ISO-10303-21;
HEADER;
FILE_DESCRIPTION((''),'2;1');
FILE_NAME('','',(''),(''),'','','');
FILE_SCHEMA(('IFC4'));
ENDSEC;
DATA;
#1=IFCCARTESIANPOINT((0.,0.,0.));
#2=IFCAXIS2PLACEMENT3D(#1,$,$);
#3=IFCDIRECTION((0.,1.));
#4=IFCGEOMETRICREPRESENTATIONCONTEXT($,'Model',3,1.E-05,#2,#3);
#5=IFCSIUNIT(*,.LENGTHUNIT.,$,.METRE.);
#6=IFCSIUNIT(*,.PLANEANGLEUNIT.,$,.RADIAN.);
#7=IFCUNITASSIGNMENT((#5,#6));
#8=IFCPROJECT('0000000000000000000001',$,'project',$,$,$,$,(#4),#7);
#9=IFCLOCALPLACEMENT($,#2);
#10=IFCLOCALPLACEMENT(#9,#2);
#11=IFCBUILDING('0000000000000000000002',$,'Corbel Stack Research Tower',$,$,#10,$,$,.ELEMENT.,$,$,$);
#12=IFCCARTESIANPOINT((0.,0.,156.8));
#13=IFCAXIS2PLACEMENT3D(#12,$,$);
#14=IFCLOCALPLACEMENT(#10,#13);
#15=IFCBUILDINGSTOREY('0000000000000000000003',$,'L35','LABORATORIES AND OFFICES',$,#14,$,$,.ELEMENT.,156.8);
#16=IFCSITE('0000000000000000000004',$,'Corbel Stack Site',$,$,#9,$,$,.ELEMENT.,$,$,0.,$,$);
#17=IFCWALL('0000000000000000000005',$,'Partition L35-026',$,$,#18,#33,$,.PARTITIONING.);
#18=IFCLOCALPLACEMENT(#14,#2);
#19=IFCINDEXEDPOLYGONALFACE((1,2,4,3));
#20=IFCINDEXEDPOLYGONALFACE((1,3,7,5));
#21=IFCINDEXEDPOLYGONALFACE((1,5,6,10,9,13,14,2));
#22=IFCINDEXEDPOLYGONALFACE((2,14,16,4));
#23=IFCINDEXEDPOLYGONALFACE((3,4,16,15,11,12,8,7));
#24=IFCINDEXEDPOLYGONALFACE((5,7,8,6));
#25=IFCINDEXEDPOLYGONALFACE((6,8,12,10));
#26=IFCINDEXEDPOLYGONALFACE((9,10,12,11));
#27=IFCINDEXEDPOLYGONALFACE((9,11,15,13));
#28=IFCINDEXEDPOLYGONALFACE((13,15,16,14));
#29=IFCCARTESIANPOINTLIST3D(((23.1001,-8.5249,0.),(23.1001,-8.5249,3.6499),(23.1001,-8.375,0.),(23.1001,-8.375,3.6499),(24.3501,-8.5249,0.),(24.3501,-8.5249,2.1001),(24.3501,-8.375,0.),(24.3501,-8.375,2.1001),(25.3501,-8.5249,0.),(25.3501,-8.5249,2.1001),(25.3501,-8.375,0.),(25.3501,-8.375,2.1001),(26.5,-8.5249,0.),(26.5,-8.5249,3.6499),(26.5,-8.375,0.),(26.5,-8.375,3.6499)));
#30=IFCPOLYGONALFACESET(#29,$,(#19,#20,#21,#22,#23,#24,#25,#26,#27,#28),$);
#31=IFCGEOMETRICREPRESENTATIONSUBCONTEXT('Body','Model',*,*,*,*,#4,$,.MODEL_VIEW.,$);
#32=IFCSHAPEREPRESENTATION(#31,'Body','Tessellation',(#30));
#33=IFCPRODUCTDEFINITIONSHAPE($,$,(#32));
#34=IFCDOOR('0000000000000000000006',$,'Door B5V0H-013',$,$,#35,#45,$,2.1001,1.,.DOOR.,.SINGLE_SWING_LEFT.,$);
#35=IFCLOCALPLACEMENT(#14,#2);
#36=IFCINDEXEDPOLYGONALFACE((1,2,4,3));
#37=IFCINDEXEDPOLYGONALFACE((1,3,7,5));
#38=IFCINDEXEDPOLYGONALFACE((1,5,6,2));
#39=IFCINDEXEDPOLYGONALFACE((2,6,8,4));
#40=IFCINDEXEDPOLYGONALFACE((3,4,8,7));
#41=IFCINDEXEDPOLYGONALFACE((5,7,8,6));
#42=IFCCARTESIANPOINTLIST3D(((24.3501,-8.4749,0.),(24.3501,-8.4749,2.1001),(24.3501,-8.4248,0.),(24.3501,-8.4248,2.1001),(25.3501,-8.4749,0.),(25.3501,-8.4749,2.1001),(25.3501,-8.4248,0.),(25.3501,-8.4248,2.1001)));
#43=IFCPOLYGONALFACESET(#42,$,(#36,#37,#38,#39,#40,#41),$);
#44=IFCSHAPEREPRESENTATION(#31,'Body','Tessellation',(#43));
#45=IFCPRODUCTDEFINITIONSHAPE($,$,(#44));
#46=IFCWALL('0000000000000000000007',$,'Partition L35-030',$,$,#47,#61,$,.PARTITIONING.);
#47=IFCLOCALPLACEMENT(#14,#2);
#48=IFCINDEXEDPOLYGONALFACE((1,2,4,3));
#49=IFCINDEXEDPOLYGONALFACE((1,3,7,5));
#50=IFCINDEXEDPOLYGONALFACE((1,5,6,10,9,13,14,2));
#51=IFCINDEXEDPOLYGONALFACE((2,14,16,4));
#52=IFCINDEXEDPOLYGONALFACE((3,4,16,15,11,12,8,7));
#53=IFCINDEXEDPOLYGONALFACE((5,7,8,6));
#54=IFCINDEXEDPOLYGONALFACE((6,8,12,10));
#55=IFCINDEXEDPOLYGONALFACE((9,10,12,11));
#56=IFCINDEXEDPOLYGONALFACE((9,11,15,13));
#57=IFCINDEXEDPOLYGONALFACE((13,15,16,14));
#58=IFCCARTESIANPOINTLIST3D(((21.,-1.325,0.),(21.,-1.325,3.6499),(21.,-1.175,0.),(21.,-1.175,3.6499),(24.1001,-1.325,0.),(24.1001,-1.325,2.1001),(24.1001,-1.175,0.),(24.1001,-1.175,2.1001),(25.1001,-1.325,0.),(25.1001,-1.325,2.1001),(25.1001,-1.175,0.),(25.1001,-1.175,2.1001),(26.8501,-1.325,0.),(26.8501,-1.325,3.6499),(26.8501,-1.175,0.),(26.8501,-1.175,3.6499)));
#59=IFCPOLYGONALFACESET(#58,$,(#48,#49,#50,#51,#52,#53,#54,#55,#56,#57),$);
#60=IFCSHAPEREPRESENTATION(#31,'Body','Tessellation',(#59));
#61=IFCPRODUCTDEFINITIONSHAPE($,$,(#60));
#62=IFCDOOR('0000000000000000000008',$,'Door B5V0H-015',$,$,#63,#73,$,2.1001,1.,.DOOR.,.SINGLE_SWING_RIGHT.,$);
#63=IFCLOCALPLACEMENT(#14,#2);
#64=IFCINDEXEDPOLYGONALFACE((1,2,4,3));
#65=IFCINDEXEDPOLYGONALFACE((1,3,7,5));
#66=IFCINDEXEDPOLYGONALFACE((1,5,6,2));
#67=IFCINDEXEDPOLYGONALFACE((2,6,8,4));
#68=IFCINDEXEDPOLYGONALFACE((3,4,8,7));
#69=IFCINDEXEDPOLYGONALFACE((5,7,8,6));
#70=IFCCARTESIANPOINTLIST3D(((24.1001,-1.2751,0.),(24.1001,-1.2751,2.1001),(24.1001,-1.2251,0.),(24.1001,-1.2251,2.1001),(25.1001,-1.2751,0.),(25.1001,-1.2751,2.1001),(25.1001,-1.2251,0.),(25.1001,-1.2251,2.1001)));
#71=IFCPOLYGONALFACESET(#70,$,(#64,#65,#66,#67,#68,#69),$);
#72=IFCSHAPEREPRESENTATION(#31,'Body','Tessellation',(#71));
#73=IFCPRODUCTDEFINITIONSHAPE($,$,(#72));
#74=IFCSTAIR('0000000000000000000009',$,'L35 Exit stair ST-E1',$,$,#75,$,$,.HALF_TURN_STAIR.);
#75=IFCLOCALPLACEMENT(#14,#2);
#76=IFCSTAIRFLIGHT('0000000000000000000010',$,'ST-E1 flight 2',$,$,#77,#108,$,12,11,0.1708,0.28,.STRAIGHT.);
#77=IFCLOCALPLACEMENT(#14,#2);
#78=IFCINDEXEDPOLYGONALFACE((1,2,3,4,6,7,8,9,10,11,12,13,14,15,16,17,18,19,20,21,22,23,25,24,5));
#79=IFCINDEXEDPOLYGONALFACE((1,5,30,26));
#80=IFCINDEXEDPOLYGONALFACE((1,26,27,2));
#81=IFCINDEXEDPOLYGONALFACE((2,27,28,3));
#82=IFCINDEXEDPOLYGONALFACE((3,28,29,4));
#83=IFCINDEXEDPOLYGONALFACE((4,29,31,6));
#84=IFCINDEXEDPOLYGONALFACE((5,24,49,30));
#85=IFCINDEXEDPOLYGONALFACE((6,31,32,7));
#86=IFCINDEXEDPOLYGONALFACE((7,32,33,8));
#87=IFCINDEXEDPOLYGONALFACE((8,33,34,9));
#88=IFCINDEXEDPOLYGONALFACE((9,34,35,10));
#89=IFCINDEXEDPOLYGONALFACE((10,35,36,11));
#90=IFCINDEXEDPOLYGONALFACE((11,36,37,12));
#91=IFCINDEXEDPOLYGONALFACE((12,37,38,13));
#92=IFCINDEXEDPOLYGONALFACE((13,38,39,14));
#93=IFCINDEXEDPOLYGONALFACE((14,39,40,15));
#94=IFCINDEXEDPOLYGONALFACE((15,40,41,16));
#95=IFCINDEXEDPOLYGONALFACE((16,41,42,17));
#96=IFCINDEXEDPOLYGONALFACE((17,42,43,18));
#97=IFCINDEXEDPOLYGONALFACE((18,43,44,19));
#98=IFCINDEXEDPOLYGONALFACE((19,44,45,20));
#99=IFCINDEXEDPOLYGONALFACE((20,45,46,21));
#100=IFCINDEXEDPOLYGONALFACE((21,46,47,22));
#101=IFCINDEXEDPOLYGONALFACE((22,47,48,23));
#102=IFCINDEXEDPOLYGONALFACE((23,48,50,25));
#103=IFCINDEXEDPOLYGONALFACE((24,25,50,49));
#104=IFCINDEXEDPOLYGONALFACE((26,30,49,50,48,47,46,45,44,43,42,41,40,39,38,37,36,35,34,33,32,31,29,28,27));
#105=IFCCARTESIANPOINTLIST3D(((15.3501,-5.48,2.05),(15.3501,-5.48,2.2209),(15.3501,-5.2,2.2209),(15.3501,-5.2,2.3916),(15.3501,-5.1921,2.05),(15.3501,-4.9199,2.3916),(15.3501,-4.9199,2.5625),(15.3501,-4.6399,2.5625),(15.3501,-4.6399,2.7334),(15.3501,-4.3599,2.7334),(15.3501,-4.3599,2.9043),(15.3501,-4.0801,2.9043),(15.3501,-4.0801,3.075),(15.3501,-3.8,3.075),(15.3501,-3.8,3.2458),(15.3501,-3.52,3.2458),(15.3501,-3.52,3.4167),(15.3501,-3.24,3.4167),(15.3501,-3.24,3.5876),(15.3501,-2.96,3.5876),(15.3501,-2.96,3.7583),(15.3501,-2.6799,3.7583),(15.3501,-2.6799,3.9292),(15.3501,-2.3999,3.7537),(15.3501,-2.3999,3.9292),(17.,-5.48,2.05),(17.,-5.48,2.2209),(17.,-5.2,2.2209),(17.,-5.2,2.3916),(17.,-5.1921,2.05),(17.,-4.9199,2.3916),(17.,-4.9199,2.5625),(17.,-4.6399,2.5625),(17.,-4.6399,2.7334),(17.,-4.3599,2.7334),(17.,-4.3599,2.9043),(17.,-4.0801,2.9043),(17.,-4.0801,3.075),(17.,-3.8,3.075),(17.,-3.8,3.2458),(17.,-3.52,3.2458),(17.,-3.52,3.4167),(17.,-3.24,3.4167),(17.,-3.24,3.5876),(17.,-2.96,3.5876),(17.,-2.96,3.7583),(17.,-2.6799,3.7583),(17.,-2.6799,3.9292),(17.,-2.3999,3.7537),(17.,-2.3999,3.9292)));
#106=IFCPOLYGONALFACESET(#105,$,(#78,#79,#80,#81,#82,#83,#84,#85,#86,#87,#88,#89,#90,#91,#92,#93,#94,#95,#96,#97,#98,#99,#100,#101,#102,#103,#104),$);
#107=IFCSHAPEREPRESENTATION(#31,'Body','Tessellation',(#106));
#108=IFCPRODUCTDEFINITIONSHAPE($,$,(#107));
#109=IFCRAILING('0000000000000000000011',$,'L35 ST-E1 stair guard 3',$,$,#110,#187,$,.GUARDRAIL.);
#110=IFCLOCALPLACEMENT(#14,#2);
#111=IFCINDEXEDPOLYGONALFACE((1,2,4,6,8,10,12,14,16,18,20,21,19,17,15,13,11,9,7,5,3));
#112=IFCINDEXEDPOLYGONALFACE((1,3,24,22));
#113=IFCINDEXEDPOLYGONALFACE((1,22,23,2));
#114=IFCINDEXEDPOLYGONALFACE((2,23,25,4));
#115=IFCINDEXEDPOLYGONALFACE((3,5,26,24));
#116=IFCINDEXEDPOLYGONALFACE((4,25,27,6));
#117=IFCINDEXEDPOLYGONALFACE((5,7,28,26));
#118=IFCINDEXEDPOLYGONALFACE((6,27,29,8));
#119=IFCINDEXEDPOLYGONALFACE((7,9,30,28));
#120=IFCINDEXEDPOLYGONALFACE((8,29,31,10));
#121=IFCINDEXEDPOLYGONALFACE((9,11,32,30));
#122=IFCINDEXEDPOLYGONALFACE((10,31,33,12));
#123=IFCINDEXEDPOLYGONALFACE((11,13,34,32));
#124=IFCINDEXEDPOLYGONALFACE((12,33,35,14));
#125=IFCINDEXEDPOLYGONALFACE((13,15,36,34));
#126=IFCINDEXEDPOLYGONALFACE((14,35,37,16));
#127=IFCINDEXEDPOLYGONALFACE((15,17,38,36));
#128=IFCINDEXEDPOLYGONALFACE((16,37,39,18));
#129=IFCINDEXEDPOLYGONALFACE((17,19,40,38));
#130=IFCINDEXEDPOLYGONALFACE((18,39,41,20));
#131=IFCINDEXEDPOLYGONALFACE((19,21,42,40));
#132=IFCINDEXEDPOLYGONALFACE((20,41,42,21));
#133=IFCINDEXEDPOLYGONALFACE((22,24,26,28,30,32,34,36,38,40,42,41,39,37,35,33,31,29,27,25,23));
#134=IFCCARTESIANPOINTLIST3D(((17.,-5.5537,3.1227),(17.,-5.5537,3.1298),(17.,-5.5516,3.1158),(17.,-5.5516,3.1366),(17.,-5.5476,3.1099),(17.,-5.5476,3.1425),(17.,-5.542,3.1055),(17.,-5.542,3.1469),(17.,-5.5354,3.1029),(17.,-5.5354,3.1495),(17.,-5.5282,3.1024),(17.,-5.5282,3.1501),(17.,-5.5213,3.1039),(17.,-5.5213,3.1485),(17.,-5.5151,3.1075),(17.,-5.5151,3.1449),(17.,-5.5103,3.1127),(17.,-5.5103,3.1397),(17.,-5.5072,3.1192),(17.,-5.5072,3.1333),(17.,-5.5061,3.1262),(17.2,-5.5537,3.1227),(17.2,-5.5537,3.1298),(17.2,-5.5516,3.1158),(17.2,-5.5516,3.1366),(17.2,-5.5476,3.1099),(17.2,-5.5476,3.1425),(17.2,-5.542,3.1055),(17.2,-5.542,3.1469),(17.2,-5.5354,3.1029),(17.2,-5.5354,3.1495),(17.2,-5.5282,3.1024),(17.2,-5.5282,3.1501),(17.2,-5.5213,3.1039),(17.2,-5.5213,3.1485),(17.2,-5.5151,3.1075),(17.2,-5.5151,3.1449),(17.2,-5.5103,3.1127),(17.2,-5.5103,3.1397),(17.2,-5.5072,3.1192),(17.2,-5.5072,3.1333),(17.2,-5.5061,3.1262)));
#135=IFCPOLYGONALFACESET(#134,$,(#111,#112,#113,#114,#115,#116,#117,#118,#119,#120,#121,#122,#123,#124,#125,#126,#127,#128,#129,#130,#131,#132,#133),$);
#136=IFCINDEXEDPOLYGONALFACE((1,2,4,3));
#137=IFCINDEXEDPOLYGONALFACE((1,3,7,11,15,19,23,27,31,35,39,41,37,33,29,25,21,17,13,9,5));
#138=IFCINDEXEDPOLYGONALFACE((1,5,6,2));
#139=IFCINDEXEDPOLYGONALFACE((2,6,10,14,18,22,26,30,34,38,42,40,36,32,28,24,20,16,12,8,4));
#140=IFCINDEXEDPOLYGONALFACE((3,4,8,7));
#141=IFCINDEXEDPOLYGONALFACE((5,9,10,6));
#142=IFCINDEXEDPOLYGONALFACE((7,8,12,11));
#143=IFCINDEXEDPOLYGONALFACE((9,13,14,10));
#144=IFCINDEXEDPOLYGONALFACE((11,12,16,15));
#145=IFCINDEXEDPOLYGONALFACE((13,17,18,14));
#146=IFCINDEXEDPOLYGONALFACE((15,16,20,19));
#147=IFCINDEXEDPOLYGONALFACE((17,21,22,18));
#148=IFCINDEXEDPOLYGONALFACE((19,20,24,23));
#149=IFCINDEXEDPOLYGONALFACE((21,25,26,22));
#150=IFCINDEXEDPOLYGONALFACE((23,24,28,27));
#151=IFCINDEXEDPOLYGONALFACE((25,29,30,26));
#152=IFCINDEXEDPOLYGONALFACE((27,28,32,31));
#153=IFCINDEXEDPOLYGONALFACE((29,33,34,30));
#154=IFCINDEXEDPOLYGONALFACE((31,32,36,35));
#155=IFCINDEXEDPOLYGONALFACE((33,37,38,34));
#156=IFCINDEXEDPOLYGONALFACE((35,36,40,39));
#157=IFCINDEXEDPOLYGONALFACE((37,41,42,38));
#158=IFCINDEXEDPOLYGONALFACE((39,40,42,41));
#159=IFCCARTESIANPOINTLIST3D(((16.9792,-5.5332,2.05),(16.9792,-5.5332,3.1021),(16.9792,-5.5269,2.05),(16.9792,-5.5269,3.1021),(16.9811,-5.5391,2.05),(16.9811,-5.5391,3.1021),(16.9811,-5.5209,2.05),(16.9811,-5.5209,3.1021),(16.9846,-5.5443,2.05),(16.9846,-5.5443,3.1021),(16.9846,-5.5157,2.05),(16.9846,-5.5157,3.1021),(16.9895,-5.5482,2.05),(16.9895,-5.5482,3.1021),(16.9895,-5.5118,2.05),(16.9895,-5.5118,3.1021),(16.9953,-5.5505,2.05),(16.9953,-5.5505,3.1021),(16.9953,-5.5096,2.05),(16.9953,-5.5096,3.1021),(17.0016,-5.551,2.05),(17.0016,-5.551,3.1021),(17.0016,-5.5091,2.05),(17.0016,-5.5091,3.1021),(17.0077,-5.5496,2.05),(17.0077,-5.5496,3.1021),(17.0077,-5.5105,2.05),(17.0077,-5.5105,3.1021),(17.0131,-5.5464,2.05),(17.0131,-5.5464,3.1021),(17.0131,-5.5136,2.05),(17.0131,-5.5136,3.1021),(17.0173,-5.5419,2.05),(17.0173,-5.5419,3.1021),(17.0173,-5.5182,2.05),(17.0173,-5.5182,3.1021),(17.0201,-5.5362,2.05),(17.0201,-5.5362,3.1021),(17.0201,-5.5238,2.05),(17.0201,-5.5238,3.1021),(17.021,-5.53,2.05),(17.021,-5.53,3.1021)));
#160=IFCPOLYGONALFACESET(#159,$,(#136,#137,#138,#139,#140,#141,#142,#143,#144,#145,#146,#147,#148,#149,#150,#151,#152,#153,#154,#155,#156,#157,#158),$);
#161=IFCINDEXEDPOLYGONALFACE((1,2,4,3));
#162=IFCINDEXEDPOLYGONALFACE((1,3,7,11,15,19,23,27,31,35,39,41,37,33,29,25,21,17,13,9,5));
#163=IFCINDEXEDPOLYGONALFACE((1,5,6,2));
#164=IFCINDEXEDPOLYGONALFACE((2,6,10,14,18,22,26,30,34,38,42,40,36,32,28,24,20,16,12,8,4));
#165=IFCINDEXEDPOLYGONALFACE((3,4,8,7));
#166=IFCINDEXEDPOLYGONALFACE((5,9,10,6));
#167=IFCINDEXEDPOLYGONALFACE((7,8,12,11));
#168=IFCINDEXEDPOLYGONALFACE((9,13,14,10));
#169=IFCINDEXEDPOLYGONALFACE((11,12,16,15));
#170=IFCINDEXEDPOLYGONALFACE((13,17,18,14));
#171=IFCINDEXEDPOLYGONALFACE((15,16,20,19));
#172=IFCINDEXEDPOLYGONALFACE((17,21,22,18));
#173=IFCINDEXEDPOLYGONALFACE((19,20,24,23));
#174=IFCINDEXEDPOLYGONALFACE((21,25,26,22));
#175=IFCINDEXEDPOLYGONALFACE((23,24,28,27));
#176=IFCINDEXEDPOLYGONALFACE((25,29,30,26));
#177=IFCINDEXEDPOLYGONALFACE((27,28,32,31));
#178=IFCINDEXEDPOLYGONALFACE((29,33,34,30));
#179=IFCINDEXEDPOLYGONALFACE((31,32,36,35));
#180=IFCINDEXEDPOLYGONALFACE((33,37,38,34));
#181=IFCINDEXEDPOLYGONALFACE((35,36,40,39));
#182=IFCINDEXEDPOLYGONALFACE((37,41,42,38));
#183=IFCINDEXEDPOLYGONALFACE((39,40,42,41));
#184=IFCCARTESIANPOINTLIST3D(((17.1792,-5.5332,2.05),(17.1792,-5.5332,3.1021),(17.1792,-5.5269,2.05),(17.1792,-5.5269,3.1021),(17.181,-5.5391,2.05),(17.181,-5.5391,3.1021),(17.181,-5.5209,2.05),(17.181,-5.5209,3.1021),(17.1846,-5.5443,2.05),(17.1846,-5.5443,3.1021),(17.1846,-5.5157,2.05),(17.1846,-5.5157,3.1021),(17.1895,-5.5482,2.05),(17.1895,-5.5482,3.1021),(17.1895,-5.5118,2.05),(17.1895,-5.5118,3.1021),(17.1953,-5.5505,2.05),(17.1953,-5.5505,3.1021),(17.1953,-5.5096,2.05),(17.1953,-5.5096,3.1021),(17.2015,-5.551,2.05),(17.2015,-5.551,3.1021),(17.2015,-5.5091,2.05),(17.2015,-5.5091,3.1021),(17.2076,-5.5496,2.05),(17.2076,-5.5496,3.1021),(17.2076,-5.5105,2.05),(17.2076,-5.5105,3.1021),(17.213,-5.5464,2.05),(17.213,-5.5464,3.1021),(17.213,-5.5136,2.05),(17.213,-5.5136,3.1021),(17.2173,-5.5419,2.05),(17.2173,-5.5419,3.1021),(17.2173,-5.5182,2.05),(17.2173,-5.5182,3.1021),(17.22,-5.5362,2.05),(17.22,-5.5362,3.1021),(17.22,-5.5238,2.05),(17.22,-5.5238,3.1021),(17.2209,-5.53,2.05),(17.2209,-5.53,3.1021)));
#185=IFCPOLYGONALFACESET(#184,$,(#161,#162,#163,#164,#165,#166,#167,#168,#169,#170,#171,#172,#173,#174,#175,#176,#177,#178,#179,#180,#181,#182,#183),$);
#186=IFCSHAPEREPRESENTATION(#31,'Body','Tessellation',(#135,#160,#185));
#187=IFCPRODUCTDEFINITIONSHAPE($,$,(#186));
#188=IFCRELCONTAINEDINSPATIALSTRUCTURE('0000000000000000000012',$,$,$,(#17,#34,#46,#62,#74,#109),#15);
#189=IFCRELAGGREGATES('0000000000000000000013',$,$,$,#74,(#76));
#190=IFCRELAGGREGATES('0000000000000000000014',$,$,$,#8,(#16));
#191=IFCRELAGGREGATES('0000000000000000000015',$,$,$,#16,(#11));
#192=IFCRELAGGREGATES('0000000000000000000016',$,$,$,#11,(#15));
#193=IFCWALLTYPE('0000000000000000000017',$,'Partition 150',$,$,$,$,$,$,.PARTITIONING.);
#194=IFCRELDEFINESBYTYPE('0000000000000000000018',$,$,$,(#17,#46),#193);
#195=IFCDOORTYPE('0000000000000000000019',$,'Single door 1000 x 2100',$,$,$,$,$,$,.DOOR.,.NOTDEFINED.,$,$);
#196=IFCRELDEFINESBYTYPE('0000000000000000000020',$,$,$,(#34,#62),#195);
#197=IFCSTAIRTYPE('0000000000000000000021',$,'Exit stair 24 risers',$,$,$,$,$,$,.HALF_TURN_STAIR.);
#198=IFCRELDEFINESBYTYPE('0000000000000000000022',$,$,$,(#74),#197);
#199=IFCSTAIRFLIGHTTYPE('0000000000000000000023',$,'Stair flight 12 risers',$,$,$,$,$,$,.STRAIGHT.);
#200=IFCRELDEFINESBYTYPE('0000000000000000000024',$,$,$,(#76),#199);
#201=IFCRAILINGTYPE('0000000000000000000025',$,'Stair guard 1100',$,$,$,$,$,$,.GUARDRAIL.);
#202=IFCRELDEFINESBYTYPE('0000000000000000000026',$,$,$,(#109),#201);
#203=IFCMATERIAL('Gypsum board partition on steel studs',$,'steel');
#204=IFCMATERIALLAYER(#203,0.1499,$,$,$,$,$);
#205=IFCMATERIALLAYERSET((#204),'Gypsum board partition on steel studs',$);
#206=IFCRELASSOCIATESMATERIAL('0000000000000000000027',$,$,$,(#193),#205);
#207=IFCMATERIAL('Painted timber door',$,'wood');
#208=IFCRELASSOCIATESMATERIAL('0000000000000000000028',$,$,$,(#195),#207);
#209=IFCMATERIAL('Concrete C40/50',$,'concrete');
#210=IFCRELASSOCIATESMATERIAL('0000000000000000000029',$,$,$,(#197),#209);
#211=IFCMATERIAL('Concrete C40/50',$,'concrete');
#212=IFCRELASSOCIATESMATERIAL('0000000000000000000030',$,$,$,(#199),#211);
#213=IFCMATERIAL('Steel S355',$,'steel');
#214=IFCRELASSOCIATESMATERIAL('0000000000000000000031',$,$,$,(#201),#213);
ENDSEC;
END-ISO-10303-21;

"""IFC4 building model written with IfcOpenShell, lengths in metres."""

from ifc_helpers import new_model, si_unit, direction, frame, frame_2d, origin, origin_2d, place, context, subcontext, project, spatial, polyline, rectangle, circle, outline, extrude, material, layer, layer_set, type_object, element, fill, aggregate, save


model = new_model("IFC4")

# Units and contexts
model_context = context("Model", 3, precision=1e-05, world=origin(), true_north=direction((0.0, 1.0)))
body_context = subcontext(model_context, "Body", "Model", "MODEL_VIEW")
ifc_project = project(units=[si_unit("LENGTHUNIT", "METRE"), si_unit("PLANEANGLEUNIT", "RADIAN")], contexts=[model_context])

# Site, building, storey
site_placement = place(None, origin())
site = spatial("IfcSite", under=ifc_project, at=site_placement, Name="Corbel Stack Site", CompositionType="ELEMENT", RefElevation=0.0)
building_placement = place(site_placement, origin())
building = spatial("IfcBuilding", under=site, at=building_placement, Name="Corbel Stack Research Tower", CompositionType="ELEMENT")
storey_placement = place(building_placement, frame((0.0, 0.0, 156.8)))
storey = spatial("IfcBuildingStorey", under=building, at=storey_placement, Name="L35", Description="LABORATORIES AND OFFICES", CompositionType="ELEMENT", Elevation=156.8)

# Shared definitions
ifc_material_1 = material(Name="Gypsum board partition on steel studs", Category="steel")
ifc_layer_1 = layer(ifc_material_1, 0.1499)
ifc_layer_set_1 = layer_set([ifc_layer_1], Name="Gypsum board partition on steel studs")
wall_type_1 = type_object("IfcWallType", Name="Partition 150", PredefinedType="PARTITIONING", material=ifc_layer_set_1)
ifc_material_2 = material(Name="Painted timber door", Category="wood")
door_type_1 = type_object("IfcDoorType", Name="Single door 1000 x 2100", OperationType="NOTDEFINED", PredefinedType="DOOR", material=ifc_material_2)

# Walls, openings, doors
wall_1_placement = place(storey_placement, frame((26.5, -8.45, 0.0), z_axis=(0.0, 0.0, 1.0), x_axis=(-1.0, 0.0, 0.0)))
wall_1 = element("IfcWall", 1, at=wall_1_placement, inside=storey, type_object=wall_type_1, Name="Partition L35-026", PredefinedType="PARTITIONING", context=body_context, shape_type="SweptSolid", body=[
    extrude(rectangle(XDim=3.3999, YDim=0.1499, at=frame_2d((1.7, 0.0))), origin(), (0.0, 0.0, 1.0), 3.6499),
])
opening_1_placement = place(wall_1_placement, frame((1.1499, 0.0, 0.0)))
opening_1 = element("IfcOpeningElement", 2, at=opening_1_placement, cuts=wall_1, PredefinedType="OPENING", context=body_context, shape_type="SweptSolid", body=[
    extrude(rectangle(XDim=1.0, YDim=2.1001, at=frame_2d((0.5, 1.05))), frame((0.0, 0.085, 0.0), z_axis=(0.0, -1.0, 0.0), x_axis=(1.0, 0.0, 0.0)), (0.0, 0.0, 1.0), 0.1699),
])
door_1_placement = place(opening_1_placement, origin())
door_1 = element("IfcDoor", 3, at=door_1_placement, inside=storey, type_object=door_type_1, Name="Door B5V0H-013", OperationType="SINGLE_SWING_LEFT", OverallHeight=2.1001, OverallWidth=1.0, PredefinedType="DOOR", context=body_context, shape_type="SweptSolid", body=[
    extrude(rectangle(XDim=1.0, YDim=2.1001, at=frame_2d((0.5, 1.05))), frame((0.0, 0.0249, 0.0), z_axis=(0.0, -1.0, 0.0), x_axis=(1.0, 0.0, 0.0)), (0.0, 0.0, 1.0), 0.05),
])
fill(opening_1, door_1)
wall_2_placement = place(storey_placement, frame((21.0, -1.25, 0.0), z_axis=(0.0, 0.0, 1.0), x_axis=(1.0, 0.0, 0.0)))
wall_2 = element("IfcWall", 4, at=wall_2_placement, inside=storey, type_object=wall_type_1, Name="Partition L35-030", PredefinedType="PARTITIONING", context=body_context, shape_type="SweptSolid", body=[
    extrude(rectangle(XDim=5.8501, YDim=0.1499, at=frame_2d((2.925, 0.0))), origin(), (0.0, 0.0, 1.0), 3.6499),
])
opening_2_placement = place(wall_2_placement, frame((3.1001, 0.0, 0.0)))
opening_2 = element("IfcOpeningElement", 5, at=opening_2_placement, cuts=wall_2, PredefinedType="OPENING", context=body_context, shape_type="SweptSolid", body=[
    extrude(rectangle(XDim=1.0, YDim=2.1001, at=frame_2d((0.5, 1.05))), frame((0.0, 0.085, 0.0), z_axis=(0.0, -1.0, 0.0), x_axis=(1.0, 0.0, 0.0)), (0.0, 0.0, 1.0), 0.1699),
])
door_2_placement = place(opening_2_placement, origin())
door_2 = element("IfcDoor", 6, at=door_2_placement, inside=storey, type_object=door_type_1, Name="Door B5V0H-015", OperationType="SINGLE_SWING_RIGHT", OverallHeight=2.1001, OverallWidth=1.0, PredefinedType="DOOR", context=body_context, shape_type="SweptSolid", body=[
    extrude(rectangle(XDim=1.0, YDim=2.1001, at=frame_2d((0.5, 1.05))), frame((0.0, 0.0249, 0.0), z_axis=(0.0, -1.0, 0.0), x_axis=(1.0, 0.0, 0.0)), (0.0, 0.0, 1.0), 0.05),
])
fill(opening_2, door_2)

# Stair, stair flight
ifc_material_3 = material(Name="Concrete C40/50", Category="concrete")
stair_type = type_object("IfcStairType", Name="Exit stair 24 risers", PredefinedType="HALF_TURN_STAIR", material=ifc_material_3)
stair_placement = place(storey_placement, origin())
stair = element("IfcStair", 7, at=stair_placement, inside=storey, type_object=stair_type, Name="L35 Exit stair ST-E1", PredefinedType="HALF_TURN_STAIR")
ifc_material_4 = material(Name="Concrete C40/50", Category="concrete")
stair_flight_type = type_object("IfcStairFlightType", Name="Stair flight 12 risers", PredefinedType="STRAIGHT", material=ifc_material_4)
stair_flight_placement = place(storey_placement, frame((16.175, -5.48, 2.05), z_axis=(0.0, 0.0, 1.0), x_axis=(0.0, 1.0, 0.0)))
stair_flight = element("IfcStairFlight", 8, at=stair_flight_placement, type_object=stair_flight_type, Name="ST-E1 flight 2", NumberOfRisers=12, NumberOfTreads=11, PredefinedType="STRAIGHT", RiserHeight=0.1708, TreadLength=0.28, context=body_context, shape_type="SweptSolid", body=[
    extrude(outline(polyline([(0.0, 0.0), (0.0, 0.1709), (0.28, 0.1709), (0.28, 0.3416), (0.5601, 0.3416), (0.5601, 0.5125), (0.8401, 0.5125), (0.8401, 0.6833), (1.1201, 0.6833), (1.1201, 0.8542), (1.3999, 0.8542), (1.3999, 1.0249), (1.6799, 1.0249), (1.6799, 1.1958), (1.96, 1.1958), (1.96, 1.3667), (2.24, 1.3667), (2.24, 1.5376), (2.52, 1.5376), (2.52, 1.7083), (2.8, 1.7083), (2.8, 1.8792), (3.0801, 1.8792), (3.0801, 2.05), (3.0801, 1.7036), (0.2878, 0.0), (0.0, 0.0)])), frame((0.0, 0.825, 0.0), z_axis=(0.0, -1.0, 0.0), x_axis=(1.0, 0.0, 0.0)), (0.0, 0.0, 1.0), 1.6499),
])
aggregate(stair, [stair_flight])

# Railing
ifc_material_5 = material(Name="Steel S355", Category="steel")
railing_type_1 = type_object("IfcRailingType", Name="Stair guard 1100", PredefinedType="GUARDRAIL", material=ifc_material_5)
railing_1_placement = place(storey_placement, frame((17.0, -5.53, 2.05)))
element("IfcRailing", 9, at=railing_1_placement, inside=storey, type_object=railing_type_1, Name="L35 ST-E1 stair guard 3", PredefinedType="GUARDRAIL", context=body_context, shape_type="SweptSolid", body=[
    extrude(circle(Radius=0.0239, at=origin_2d()), frame((0.0, 0.0, 1.0762), z_axis=(1.0, 0.0, 0.0), x_axis=(0.0, 1.0, 0.0)), (0.0, 0.0, 1.0), 0.2),
    extrude(circle(Radius=0.021, at=origin_2d()), origin(), (0.0, 0.0, 1.0), 1.052),
    extrude(circle(Radius=0.021, at=origin_2d()), frame((0.2, 0.0, 0.0)), (0.0, 0.0, 1.0), 1.052),
])

save(model, "model.ifc")
